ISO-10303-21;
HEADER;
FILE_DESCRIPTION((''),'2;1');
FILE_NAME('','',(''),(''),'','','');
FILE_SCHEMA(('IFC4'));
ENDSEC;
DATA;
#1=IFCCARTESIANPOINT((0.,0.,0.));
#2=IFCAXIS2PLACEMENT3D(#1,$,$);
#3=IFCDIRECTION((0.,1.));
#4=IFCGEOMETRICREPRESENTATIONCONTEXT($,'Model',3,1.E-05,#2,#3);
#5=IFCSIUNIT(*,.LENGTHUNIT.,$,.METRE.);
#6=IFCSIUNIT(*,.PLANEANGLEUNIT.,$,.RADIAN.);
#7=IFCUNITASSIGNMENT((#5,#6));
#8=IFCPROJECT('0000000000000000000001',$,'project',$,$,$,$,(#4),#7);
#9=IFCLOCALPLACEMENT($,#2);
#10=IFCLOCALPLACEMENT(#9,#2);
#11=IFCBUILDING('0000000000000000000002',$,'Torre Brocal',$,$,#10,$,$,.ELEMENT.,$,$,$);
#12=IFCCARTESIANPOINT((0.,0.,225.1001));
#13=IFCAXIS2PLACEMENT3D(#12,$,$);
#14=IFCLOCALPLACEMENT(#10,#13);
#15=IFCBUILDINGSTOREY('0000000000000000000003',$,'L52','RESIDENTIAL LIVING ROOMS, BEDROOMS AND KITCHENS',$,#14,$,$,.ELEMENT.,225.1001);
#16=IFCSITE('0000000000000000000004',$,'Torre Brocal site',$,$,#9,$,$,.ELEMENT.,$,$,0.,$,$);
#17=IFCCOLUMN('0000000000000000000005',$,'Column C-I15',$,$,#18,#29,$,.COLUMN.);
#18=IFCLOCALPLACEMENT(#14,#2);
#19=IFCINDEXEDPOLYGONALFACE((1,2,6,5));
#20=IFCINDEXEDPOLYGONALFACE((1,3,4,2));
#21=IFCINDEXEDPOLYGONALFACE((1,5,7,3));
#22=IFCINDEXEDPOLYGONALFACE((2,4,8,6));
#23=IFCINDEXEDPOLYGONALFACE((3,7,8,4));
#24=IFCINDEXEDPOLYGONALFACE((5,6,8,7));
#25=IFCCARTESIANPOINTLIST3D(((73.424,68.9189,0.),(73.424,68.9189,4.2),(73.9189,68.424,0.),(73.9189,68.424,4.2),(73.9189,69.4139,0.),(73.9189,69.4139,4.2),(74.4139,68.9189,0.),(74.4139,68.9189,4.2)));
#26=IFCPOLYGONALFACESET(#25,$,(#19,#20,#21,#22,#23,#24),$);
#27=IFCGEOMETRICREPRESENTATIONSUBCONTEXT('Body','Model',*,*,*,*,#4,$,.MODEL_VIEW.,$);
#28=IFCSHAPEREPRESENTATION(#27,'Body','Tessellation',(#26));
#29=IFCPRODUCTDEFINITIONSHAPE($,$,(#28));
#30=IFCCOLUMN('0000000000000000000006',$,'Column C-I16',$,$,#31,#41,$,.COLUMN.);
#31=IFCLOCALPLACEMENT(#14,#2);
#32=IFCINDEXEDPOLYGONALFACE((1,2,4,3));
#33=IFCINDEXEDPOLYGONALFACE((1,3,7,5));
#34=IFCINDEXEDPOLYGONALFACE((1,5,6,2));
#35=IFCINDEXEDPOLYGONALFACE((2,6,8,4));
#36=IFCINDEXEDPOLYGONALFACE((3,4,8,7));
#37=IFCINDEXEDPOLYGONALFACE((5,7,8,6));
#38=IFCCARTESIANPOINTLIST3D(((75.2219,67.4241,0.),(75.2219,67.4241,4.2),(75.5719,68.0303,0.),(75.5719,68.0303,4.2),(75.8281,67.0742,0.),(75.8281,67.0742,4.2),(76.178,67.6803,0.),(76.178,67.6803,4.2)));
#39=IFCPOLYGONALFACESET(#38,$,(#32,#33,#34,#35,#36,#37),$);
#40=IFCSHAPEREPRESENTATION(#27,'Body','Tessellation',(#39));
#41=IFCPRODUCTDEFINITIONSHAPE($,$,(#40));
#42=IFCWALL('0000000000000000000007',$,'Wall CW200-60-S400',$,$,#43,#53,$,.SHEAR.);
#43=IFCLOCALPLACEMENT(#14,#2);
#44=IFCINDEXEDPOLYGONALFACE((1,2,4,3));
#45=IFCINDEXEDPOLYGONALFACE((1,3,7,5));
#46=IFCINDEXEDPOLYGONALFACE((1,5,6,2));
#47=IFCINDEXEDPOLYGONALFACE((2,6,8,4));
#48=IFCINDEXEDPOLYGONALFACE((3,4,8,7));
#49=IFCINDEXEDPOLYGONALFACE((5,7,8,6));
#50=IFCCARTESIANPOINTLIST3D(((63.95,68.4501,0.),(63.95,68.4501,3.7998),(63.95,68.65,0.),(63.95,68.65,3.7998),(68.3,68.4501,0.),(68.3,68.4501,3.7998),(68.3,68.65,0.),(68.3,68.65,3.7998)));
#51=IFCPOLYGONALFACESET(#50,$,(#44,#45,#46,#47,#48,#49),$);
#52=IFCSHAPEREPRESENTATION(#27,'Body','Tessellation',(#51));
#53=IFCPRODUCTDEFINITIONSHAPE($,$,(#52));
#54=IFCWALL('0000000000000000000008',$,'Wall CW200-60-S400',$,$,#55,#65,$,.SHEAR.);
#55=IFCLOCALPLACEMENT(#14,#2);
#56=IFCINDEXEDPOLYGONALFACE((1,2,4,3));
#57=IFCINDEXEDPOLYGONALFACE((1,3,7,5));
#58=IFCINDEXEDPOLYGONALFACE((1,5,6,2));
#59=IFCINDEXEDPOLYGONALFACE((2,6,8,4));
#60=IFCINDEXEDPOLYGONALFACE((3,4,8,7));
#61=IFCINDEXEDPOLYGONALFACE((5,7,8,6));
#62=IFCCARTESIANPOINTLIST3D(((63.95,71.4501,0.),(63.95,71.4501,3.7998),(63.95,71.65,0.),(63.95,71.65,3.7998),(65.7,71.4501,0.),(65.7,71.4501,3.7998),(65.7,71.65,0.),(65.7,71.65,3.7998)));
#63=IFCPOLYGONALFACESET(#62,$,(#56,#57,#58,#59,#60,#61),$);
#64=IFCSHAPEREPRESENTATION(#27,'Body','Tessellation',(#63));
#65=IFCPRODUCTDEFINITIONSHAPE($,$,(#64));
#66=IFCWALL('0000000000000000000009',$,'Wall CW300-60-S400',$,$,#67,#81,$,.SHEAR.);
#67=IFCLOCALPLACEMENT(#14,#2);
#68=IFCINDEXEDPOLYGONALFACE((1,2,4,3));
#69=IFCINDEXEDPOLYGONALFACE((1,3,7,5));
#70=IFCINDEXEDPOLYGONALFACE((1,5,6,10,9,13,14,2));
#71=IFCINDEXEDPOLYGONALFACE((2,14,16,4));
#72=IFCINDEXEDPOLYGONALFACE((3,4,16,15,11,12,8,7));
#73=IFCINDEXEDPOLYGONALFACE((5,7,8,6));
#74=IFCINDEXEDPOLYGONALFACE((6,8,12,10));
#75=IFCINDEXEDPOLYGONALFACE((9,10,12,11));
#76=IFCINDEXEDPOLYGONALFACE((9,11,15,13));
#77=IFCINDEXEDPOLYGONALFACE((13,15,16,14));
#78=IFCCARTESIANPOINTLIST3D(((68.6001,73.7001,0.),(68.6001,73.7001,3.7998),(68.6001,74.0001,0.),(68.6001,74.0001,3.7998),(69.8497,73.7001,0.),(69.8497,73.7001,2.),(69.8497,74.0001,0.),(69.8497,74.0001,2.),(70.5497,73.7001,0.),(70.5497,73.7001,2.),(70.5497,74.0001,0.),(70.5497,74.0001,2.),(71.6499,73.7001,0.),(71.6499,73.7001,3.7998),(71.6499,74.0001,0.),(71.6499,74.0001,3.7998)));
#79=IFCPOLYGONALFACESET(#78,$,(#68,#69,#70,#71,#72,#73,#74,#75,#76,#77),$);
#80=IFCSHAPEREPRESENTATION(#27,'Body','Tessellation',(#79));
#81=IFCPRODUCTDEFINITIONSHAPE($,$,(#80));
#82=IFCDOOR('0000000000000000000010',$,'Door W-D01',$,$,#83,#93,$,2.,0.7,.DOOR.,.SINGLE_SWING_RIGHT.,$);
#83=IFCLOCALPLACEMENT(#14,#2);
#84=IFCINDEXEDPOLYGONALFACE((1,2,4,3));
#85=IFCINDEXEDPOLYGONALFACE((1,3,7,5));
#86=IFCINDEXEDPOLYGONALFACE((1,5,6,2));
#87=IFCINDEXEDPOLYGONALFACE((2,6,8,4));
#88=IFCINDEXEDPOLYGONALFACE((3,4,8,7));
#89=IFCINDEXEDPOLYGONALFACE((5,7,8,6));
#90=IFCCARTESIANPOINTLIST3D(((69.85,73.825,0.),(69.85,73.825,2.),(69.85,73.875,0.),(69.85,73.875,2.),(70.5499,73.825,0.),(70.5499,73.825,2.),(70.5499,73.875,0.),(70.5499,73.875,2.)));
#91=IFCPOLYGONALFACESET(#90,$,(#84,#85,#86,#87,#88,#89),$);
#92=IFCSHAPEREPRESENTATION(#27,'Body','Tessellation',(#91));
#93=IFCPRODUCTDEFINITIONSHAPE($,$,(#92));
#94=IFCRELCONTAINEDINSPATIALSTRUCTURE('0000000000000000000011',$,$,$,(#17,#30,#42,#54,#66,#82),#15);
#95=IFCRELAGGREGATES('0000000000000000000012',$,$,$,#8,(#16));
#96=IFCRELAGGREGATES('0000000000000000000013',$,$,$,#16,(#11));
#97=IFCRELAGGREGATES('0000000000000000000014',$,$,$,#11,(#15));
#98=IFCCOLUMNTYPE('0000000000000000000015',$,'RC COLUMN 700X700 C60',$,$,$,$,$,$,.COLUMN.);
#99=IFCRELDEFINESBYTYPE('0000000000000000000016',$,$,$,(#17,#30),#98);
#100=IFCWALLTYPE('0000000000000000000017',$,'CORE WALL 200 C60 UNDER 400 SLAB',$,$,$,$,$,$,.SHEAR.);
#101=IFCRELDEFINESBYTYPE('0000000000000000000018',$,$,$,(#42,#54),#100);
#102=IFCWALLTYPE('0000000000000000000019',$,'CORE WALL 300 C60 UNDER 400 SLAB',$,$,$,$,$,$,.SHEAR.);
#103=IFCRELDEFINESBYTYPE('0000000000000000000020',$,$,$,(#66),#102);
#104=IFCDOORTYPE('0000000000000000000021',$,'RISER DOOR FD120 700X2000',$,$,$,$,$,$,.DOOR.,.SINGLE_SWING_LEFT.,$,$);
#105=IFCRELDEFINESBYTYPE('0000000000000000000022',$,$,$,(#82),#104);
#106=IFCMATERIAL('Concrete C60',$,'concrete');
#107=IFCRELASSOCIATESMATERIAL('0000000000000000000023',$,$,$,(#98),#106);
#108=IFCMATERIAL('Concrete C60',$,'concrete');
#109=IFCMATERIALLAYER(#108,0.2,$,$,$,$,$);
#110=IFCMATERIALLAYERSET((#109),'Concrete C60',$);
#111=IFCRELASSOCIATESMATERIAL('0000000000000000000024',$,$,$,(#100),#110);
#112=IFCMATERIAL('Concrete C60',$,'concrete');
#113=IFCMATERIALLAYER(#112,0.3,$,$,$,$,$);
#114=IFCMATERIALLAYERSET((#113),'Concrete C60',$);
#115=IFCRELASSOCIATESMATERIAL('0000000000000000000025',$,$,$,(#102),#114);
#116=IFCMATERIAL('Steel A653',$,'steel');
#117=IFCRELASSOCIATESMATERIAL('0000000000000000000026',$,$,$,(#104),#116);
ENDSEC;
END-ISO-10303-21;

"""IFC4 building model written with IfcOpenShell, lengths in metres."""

from ifc_helpers import new_model, si_unit, direction, frame, frame_2d, origin, origin_2d, place, context, subcontext, project, spatial, rectangle, extrude, material, layer, layer_set, material_profile, profile_set, type_object, element, fill, save


model = new_model("IFC4")

# Units and contexts
model_context = context("Model", 3, precision=1e-05, world=origin(), true_north=direction((0.0, 1.0)))
body_context = subcontext(model_context, "Body", "Model", "MODEL_VIEW")
ifc_project = project(units=[si_unit("LENGTHUNIT", "METRE"), si_unit("PLANEANGLEUNIT", "RADIAN")], contexts=[model_context])

# Site, building, storey
site_placement = place(None, origin())
site = spatial("IfcSite", under=ifc_project, at=site_placement, Name="Torre Brocal site", CompositionType="ELEMENT", RefElevation=0.0)
building_placement = place(site_placement, origin())
building = spatial("IfcBuilding", under=site, at=building_placement, Name="Torre Brocal", CompositionType="ELEMENT")
storey_placement = place(building_placement, frame((0.0, 0.0, 225.1001)))
storey = spatial("IfcBuildingStorey", under=building, at=storey_placement, Name="L52", Description="RESIDENTIAL LIVING ROOMS, BEDROOMS AND KITCHENS", CompositionType="ELEMENT", Elevation=225.1001)

# Columns
ifc_material_1 = material(Name="Concrete C60", Category="concrete")
ifc_material_profile = material_profile(ifc_material_1, rectangle(XDim=0.7, YDim=0.7, at=origin_2d()), Name="RC 700X700")
ifc_profile_set = profile_set([ifc_material_profile], Name="Concrete C60")
column_type = type_object("IfcColumnType", Name="RC COLUMN 700X700 C60", PredefinedType="COLUMN", material=ifc_profile_set)
for number, where, z_axis, x_axis, name in (
    (1, (73.9189, 68.9189, 0.0), (0.0, 0.0, 1.0), (-0.707107, -0.707107, 0.0), "Column C-I15"),
    (2, (75.7, 67.5522, 0.0), (0.0, 0.0, 1.0), (-0.5, -0.866025, 0.0), "Column C-I16"),
):
    element("IfcColumn", number, at=place(storey_placement, frame(where, z_axis=z_axis, x_axis=x_axis)), inside=storey, type_object=column_type, Name=name, PredefinedType="COLUMN", context=body_context, shape_type="SweptSolid", body=[
        extrude(rectangle(XDim=0.7, YDim=0.7, at=origin_2d()), origin(), (0.0, 0.0, 1.0), 4.2),
    ])

# Walls
ifc_material_2 = material(Name="Concrete C60", Category="concrete")
ifc_layer_1 = layer(ifc_material_2, 0.2)
ifc_layer_set_1 = layer_set([ifc_layer_1], Name="Concrete C60")
wall_type_1 = type_object("IfcWallType", Name="CORE WALL 200 C60 UNDER 400 SLAB", PredefinedType="SHEAR", material=ifc_layer_set_1)
wall_1_placement = place(storey_placement, frame((68.3, 68.55, 0.0), z_axis=(0.0, 0.0, 1.0), x_axis=(-1.0, 0.0, 0.0)))
element("IfcWall", 3, at=wall_1_placement, inside=storey, type_object=wall_type_1, Name="Wall CW200-60-S400", PredefinedType="SHEAR", context=body_context, shape_type="SweptSolid", body=[
    extrude(rectangle(XDim=4.3501, YDim=0.2, at=frame_2d((2.175, 0.0))), origin(), (0.0, 0.0, 1.0), 3.7998),
])
wall_2_placement = place(storey_placement, frame((65.7, 71.55, 0.0), z_axis=(0.0, 0.0, 1.0), x_axis=(-1.0, 0.0, 0.0)))
element("IfcWall", 4, at=wall_2_placement, inside=storey, type_object=wall_type_1, Name="Wall CW200-60-S400", PredefinedType="SHEAR", context=body_context, shape_type="SweptSolid", body=[
    extrude(rectangle(XDim=1.75, YDim=0.2, at=frame_2d((0.875, 0.0))), origin(), (0.0, 0.0, 1.0), 3.7998),
])

# Wall, opening, door
ifc_material_3 = material(Name="Concrete C60", Category="concrete")
ifc_layer_2 = layer(ifc_material_3, 0.3)
ifc_layer_set_2 = layer_set([ifc_layer_2], Name="Concrete C60")
wall_type_2 = type_object("IfcWallType", Name="CORE WALL 300 C60 UNDER 400 SLAB", PredefinedType="SHEAR", material=ifc_layer_set_2)
wall_3_placement = place(storey_placement, frame((71.6499, 73.8501, 0.0), z_axis=(0.0, 0.0, 1.0), x_axis=(-1.0, 0.0, 0.0)))
wall_3 = element("IfcWall", 5, at=wall_3_placement, inside=storey, type_object=wall_type_2, Name="Wall CW300-60-S400", PredefinedType="SHEAR", context=body_context, shape_type="SweptSolid", body=[
    extrude(rectangle(XDim=3.0498, YDim=0.3, at=frame_2d((1.5249, 0.0))), origin(), (0.0, 0.0, 1.0), 3.7998),
])
opening_1_placement = place(wall_3_placement, frame((1.1001, 0.0, 0.0)))
opening_1 = element("IfcOpeningElement", 6, at=opening_1_placement, cuts=wall_3, PredefinedType="OPENING", context=body_context, shape_type="SweptSolid", body=[
    extrude(rectangle(XDim=0.7, YDim=2.0, at=frame_2d((0.3501, 1.0))), frame((0.0, 0.1599, 0.0), z_axis=(0.0, -1.0, 0.0), x_axis=(1.0, 0.0, 0.0)), (0.0, 0.0, 1.0), 0.3201),
])
ifc_material_4 = material(Name="Steel A653", Category="steel")
door_type_1 = type_object("IfcDoorType", Name="RISER DOOR FD120 700X2000", OperationType="SINGLE_SWING_LEFT", PredefinedType="DOOR", material=ifc_material_4)
door_1_placement = place(opening_1_placement, frame((0.7, 0.0, 0.0), z_axis=(0.0, 0.0, 1.0), x_axis=(-1.0, 0.0, 0.0)))
door_1 = element("IfcDoor", 7, at=door_1_placement, inside=storey, type_object=door_type_1, Name="Door W-D01", OperationType="SINGLE_SWING_RIGHT", OverallHeight=2.0, OverallWidth=0.7, PredefinedType="DOOR", context=body_context, shape_type="SweptSolid", body=[
    extrude(rectangle(XDim=0.7, YDim=2.0, at=frame_2d((0.3501, 1.0))), frame((0.0, 0.0249, 0.0), z_axis=(0.0, -1.0, 0.0), x_axis=(1.0, 0.0, 0.0)), (0.0, 0.0, 1.0), 0.05),
])
fill(opening_1, door_1)

save(model, "model.ifc")
